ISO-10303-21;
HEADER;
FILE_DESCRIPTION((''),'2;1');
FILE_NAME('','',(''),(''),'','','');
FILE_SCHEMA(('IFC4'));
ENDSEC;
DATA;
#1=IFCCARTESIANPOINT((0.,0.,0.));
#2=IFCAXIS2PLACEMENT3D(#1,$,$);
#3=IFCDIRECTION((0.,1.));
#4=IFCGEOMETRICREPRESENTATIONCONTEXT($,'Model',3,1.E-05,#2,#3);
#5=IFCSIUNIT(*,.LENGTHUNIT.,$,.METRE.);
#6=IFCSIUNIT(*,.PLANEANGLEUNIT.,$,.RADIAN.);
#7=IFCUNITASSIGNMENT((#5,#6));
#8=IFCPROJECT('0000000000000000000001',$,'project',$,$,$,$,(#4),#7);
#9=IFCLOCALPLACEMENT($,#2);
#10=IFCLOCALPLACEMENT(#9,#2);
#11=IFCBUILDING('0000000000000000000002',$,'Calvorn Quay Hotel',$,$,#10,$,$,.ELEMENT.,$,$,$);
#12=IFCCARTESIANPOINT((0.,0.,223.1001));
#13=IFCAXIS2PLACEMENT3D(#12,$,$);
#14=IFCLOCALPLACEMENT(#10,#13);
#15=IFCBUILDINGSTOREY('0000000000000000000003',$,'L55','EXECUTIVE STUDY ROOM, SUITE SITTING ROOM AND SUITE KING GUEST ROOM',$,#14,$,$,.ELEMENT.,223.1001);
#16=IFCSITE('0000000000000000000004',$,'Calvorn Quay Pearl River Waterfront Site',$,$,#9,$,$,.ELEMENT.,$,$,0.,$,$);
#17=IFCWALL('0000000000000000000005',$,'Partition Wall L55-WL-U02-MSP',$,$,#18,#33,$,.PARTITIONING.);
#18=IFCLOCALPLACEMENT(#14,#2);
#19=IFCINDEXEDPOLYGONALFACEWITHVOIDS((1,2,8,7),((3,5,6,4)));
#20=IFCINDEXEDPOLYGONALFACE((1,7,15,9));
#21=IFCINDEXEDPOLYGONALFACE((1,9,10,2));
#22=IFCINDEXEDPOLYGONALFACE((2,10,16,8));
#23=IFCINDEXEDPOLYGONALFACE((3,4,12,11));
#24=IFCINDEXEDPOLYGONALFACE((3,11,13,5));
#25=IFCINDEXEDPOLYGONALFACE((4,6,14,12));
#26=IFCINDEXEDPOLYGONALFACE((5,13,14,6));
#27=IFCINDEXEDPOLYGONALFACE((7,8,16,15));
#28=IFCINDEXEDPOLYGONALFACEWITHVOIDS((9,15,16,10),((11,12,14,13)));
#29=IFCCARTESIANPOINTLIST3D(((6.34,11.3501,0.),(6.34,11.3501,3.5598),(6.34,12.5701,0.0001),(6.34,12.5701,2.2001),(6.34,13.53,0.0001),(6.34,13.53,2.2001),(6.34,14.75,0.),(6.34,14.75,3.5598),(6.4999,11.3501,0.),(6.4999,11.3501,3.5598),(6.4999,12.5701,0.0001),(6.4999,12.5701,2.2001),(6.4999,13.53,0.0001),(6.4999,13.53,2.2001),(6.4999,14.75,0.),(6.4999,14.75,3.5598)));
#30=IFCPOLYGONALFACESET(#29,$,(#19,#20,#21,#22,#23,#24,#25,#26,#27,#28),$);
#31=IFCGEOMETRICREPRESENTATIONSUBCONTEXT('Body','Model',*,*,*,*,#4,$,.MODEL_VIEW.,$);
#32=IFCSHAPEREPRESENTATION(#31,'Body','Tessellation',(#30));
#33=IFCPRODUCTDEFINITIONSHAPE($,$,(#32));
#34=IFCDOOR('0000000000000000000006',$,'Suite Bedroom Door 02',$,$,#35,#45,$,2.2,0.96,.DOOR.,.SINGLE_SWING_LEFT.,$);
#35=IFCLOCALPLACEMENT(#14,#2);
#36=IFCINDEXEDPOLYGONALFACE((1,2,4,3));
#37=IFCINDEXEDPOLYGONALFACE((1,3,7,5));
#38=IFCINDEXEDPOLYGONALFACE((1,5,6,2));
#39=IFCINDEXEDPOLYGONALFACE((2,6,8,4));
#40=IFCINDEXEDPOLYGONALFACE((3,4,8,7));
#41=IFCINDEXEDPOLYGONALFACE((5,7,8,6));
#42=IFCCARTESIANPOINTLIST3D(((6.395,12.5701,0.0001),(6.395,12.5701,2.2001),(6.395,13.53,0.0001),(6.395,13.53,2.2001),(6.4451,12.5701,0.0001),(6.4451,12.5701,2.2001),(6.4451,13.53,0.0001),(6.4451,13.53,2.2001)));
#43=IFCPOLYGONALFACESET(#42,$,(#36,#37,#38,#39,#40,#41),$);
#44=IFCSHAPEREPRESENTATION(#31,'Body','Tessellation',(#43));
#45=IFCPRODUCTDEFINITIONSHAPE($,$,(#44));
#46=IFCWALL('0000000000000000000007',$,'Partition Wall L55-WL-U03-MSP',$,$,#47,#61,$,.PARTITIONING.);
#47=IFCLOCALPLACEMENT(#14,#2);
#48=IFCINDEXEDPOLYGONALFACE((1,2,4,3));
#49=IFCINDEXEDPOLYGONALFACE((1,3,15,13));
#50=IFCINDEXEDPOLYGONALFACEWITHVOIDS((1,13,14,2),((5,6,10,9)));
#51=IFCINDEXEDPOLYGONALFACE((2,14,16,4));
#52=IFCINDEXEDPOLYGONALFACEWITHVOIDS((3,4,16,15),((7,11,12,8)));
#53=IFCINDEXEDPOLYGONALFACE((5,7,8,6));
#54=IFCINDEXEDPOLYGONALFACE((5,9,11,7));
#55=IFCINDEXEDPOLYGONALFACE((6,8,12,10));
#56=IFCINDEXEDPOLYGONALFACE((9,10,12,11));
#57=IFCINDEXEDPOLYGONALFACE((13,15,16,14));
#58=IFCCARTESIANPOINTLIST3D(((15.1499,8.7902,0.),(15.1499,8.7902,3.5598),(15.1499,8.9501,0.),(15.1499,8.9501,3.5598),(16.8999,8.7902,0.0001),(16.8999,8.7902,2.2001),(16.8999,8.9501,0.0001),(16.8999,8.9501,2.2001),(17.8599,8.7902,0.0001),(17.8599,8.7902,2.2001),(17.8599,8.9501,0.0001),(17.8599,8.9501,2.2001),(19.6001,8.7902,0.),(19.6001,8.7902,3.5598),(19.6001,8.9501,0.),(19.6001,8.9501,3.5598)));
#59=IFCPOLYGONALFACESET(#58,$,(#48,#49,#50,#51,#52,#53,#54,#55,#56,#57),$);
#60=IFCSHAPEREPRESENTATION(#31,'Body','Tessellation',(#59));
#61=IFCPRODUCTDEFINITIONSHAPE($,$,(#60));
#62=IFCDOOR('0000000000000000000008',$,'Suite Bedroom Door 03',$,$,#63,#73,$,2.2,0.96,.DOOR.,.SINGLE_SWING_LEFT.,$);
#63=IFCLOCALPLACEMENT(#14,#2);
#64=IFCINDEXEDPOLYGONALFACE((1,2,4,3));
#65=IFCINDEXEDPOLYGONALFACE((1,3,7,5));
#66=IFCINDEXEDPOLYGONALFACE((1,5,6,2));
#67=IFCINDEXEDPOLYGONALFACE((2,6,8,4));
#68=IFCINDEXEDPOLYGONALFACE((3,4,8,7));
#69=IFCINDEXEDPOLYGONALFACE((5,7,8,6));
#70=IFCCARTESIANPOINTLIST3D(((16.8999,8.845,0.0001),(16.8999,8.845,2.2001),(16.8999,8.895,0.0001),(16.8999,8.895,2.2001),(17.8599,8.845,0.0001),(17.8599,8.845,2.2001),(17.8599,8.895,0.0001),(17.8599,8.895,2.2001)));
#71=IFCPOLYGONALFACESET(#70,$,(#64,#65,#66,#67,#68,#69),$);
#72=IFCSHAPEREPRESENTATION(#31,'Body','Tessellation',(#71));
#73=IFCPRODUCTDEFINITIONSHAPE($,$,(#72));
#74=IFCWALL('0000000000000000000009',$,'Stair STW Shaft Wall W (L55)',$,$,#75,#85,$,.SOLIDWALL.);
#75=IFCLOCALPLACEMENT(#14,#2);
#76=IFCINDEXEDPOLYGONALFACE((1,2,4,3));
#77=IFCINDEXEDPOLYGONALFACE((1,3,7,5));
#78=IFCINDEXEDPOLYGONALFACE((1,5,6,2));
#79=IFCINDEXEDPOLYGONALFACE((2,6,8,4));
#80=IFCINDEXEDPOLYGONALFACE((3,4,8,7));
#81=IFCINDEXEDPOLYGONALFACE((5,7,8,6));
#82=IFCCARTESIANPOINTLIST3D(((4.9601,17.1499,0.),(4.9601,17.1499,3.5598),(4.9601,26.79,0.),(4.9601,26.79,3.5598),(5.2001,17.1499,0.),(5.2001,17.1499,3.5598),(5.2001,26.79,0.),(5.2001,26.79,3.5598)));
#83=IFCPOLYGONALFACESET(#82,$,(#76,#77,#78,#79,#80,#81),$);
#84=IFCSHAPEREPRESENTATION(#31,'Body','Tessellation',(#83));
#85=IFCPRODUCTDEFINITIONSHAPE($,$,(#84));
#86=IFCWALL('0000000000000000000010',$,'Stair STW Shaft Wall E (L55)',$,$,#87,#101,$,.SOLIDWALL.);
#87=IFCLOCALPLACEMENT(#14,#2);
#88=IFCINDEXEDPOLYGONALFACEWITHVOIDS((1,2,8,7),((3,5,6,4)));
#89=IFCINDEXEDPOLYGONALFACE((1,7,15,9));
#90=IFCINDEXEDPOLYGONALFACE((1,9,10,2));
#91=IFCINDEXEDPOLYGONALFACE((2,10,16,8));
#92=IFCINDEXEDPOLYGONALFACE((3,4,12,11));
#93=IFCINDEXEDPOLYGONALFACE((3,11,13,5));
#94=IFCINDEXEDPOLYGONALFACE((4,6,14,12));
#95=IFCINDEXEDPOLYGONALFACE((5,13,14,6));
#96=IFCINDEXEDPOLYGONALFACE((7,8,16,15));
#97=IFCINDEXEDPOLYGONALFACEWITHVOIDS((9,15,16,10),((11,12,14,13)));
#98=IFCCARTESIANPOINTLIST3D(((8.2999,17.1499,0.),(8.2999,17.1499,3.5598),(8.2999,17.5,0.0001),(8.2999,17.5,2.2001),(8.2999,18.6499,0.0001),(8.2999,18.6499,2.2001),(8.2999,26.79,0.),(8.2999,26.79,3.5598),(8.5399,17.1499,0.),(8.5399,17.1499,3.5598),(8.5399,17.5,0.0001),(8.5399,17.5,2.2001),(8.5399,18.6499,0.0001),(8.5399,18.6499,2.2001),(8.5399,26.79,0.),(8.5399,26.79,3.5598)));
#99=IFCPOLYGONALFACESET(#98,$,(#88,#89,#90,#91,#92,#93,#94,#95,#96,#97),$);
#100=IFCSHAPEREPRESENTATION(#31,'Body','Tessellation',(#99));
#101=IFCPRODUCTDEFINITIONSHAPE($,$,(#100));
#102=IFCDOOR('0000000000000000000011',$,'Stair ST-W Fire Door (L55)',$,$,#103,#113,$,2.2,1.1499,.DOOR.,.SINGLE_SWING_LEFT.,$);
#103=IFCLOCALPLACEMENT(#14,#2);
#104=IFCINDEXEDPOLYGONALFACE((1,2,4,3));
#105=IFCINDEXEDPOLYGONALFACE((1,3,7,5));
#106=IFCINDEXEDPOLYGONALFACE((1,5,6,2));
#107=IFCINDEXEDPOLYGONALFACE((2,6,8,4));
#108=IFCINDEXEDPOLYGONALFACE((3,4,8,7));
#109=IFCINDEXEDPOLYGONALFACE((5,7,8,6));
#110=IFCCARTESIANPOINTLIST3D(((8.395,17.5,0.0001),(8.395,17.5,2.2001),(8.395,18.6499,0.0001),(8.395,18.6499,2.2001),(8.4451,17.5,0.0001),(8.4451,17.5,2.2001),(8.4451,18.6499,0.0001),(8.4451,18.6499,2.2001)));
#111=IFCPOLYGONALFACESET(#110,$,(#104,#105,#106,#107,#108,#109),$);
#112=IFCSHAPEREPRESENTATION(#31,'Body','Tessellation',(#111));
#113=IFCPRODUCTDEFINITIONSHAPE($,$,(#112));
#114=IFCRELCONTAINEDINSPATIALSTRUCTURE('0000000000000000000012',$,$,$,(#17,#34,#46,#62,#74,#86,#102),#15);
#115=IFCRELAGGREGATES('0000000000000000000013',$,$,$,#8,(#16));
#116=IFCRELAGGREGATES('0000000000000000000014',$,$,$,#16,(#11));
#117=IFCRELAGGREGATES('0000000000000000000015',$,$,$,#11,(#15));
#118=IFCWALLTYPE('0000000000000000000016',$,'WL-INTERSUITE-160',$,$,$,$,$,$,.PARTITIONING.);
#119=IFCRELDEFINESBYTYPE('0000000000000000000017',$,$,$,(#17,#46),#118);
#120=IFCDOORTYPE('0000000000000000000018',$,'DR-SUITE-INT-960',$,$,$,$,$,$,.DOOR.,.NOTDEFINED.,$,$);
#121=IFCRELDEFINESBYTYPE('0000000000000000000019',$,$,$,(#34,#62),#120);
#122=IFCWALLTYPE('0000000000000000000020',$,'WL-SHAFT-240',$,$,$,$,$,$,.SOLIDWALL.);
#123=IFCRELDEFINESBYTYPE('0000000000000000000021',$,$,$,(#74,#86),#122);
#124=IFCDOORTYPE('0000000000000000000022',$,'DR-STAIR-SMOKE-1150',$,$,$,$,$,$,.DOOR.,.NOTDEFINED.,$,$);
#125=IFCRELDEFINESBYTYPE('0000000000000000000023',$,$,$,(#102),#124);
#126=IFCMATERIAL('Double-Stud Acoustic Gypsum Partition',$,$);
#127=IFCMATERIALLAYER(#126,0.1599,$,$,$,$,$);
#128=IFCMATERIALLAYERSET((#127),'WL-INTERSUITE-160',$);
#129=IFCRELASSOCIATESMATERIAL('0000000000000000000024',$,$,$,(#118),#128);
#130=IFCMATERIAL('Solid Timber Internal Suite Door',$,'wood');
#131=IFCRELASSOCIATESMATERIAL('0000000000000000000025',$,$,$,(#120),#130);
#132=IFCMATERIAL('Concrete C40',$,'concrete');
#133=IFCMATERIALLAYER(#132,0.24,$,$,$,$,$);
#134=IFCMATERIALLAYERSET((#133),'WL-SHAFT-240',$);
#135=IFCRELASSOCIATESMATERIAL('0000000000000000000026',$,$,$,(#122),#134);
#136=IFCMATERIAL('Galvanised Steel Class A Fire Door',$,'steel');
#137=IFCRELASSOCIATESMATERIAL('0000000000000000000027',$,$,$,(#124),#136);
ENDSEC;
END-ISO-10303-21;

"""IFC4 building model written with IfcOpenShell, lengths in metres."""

from ifc_helpers import new_model, si_unit, direction, frame, frame_2d, origin, place, context, subcontext, project, spatial, rectangle, extrude, material, layer, layer_set, type_object, element, fill, save


model = new_model("IFC4")

# Units and contexts
model_context = context("Model", 3, precision=1e-05, world=origin(), true_north=direction((0.0, 1.0)))
body_context = subcontext(model_context, "Body", "Model", "MODEL_VIEW")
ifc_project = project(units=[si_unit("LENGTHUNIT", "METRE"), si_unit("PLANEANGLEUNIT", "RADIAN")], contexts=[model_context])

# Site, building, storey
site_placement = place(None, origin())
site = spatial("IfcSite", under=ifc_project, at=site_placement, Name="Calvorn Quay Pearl River Waterfront Site", CompositionType="ELEMENT", RefElevation=0.0)
building_placement = place(site_placement, origin())
building = spatial("IfcBuilding", under=site, at=building_placement, Name="Calvorn Quay Hotel", CompositionType="ELEMENT")
storey_placement = place(building_placement, frame((0.0, 0.0, 223.1001)))
storey = spatial("IfcBuildingStorey", under=building, at=storey_placement, Name="L55", Description="EXECUTIVE STUDY ROOM, SUITE SITTING ROOM AND SUITE KING GUEST ROOM", CompositionType="ELEMENT", Elevation=223.1001)

# Walls, openings, doors
ifc_material_1 = material(Name="Double-Stud Acoustic Gypsum Partition")
ifc_layer_1 = layer(ifc_material_1, 0.1599)
ifc_layer_set_1 = layer_set([ifc_layer_1], Name="WL-INTERSUITE-160")
wall_type_1 = type_object("IfcWallType", Name="WL-INTERSUITE-160", PredefinedType="PARTITIONING", material=ifc_layer_set_1)
wall_1_placement = place(storey_placement, frame((6.4199, 11.3501, 0.0), z_axis=(0.0, 0.0, 1.0), x_axis=(0.0, 1.0, 0.0)))
wall_1 = element("IfcWall", 1, at=wall_1_placement, inside=storey, type_object=wall_type_1, Name="Partition Wall L55-WL-U02-MSP", PredefinedType="PARTITIONING", context=body_context, shape_type="SweptSolid", body=[
    extrude(rectangle(XDim=3.3999, YDim=0.1599, at=frame_2d((1.7, 0.0))), origin(), (0.0, 0.0, 1.0), 3.5598),
])
opening_1_placement = place(wall_1_placement, frame((1.22, 0.0, 0.0)))
opening_1 = element("IfcOpeningElement", 2, at=opening_1_placement, cuts=wall_1, PredefinedType="OPENING", context=body_context, shape_type="SweptSolid", body=[
    extrude(rectangle(XDim=0.96, YDim=2.2, at=frame_2d((0.48, 1.1001))), frame((0.0, 0.0898, 0.0), z_axis=(0.0, -1.0, 0.0), x_axis=(1.0, 0.0, 0.0)), (0.0, 0.0, 1.0), 0.1799),
])
ifc_material_2 = material(Name="Solid Timber Internal Suite Door", Category="wood")
door_type_1 = type_object("IfcDoorType", Name="DR-SUITE-INT-960", OperationType="NOTDEFINED", PredefinedType="DOOR", material=ifc_material_2)
door_1_placement = place(opening_1_placement, origin())
door_1 = element("IfcDoor", 3, at=door_1_placement, inside=storey, type_object=door_type_1, Name="Suite Bedroom Door 02", OperationType="SINGLE_SWING_LEFT", OverallHeight=2.2, OverallWidth=0.96, PredefinedType="DOOR", context=body_context, shape_type="SweptSolid", body=[
    extrude(rectangle(XDim=0.96, YDim=2.2, at=frame_2d((0.48, 1.1001))), frame((0.0, 0.0249, 0.0), z_axis=(0.0, -1.0, 0.0), x_axis=(1.0, 0.0, 0.0)), (0.0, 0.0, 1.0), 0.05),
])
fill(opening_1, door_1)
wall_2_placement = place(storey_placement, frame((15.1499, 8.8701, 0.0), z_axis=(0.0, 0.0, 1.0), x_axis=(1.0, 0.0, 0.0)))
wall_2 = element("IfcWall", 4, at=wall_2_placement, inside=storey, type_object=wall_type_1, Name="Partition Wall L55-WL-U03-MSP", PredefinedType="PARTITIONING", context=body_context, shape_type="SweptSolid", body=[
    extrude(rectangle(XDim=4.4502, YDim=0.1599, at=frame_2d((2.2251, 0.0))), origin(), (0.0, 0.0, 1.0), 3.5598),
])
opening_2_placement = place(wall_2_placement, frame((1.75, 0.0, 0.0)))
opening_2 = element("IfcOpeningElement", 5, at=opening_2_placement, cuts=wall_2, PredefinedType="OPENING", context=body_context, shape_type="SweptSolid", body=[
    extrude(rectangle(XDim=0.96, YDim=2.2, at=frame_2d((0.48, 1.1001))), frame((0.0, 0.0898, 0.0), z_axis=(0.0, -1.0, 0.0), x_axis=(1.0, 0.0, 0.0)), (0.0, 0.0, 1.0), 0.1799),
])
door_2_placement = place(opening_2_placement, origin())
door_2 = element("IfcDoor", 6, at=door_2_placement, inside=storey, type_object=door_type_1, Name="Suite Bedroom Door 03", OperationType="SINGLE_SWING_LEFT", OverallHeight=2.2, OverallWidth=0.96, PredefinedType="DOOR", context=body_context, shape_type="SweptSolid", body=[
    extrude(rectangle(XDim=0.96, YDim=2.2, at=frame_2d((0.48, 1.1001))), frame((0.0, 0.0249, 0.0), z_axis=(0.0, -1.0, 0.0), x_axis=(1.0, 0.0, 0.0)), (0.0, 0.0, 1.0), 0.05),
])
fill(opening_2, door_2)

# Wall
ifc_material_3 = material(Name="Concrete C40", Category="concrete")
ifc_layer_2 = layer(ifc_material_3, 0.24)
ifc_layer_set_2 = layer_set([ifc_layer_2], Name="WL-SHAFT-240")
wall_type_2 = type_object("IfcWallType", Name="WL-SHAFT-240", PredefinedType="SOLIDWALL", material=ifc_layer_set_2)
wall_3_placement = place(storey_placement, frame((5.0801, 17.1499, 0.0), z_axis=(0.0, 0.0, 1.0), x_axis=(0.0, 1.0, 0.0)))
element("IfcWall", 7, at=wall_3_placement, inside=storey, type_object=wall_type_2, Name="Stair STW Shaft Wall W (L55)", PredefinedType="SOLIDWALL", context=body_context, shape_type="SweptSolid", body=[
    extrude(rectangle(XDim=9.6401, YDim=0.24, at=frame_2d((4.8201, 0.0))), origin(), (0.0, 0.0, 1.0), 3.5598),
])

# Wall, opening, door
wall_4_placement = place(storey_placement, frame((8.4199, 17.1499, 0.0), z_axis=(0.0, 0.0, 1.0), x_axis=(0.0, 1.0, 0.0)))
wall_4 = element("IfcWall", 8, at=wall_4_placement, inside=storey, type_object=wall_type_2, Name="Stair STW Shaft Wall E (L55)", PredefinedType="SOLIDWALL", context=body_context, shape_type="SweptSolid", body=[
    extrude(rectangle(XDim=9.6401, YDim=0.24, at=frame_2d((4.8201, 0.0))), origin(), (0.0, 0.0, 1.0), 3.5598),
])
opening_3_placement = place(wall_4_placement, frame((0.3501, 0.0, 0.0)))
opening_3 = element("IfcOpeningElement", 9, at=opening_3_placement, cuts=wall_4, PredefinedType="OPENING", context=body_context, shape_type="SweptSolid", body=[
    extrude(rectangle(XDim=1.1499, YDim=2.2, at=frame_2d((0.575, 1.1001))), frame((0.0, 0.1299, 0.0), z_axis=(0.0, -1.0, 0.0), x_axis=(1.0, 0.0, 0.0)), (0.0, 0.0, 1.0), 0.26),
])
ifc_material_4 = material(Name="Galvanised Steel Class A Fire Door", Category="steel")
door_type_2 = type_object("IfcDoorType", Name="DR-STAIR-SMOKE-1150", OperationType="NOTDEFINED", PredefinedType="DOOR", material=ifc_material_4)
door_3_placement = place(opening_3_placement, origin())
door_3 = element("IfcDoor", 10, at=door_3_placement, inside=storey, type_object=door_type_2, Name="Stair ST-W Fire Door (L55)", OperationType="SINGLE_SWING_LEFT", OverallHeight=2.2, OverallWidth=1.1499, PredefinedType="DOOR", context=body_context, shape_type="SweptSolid", body=[
    extrude(rectangle(XDim=1.1499, YDim=2.2, at=frame_2d((0.575, 1.1001))), frame((0.0, 0.0249, 0.0), z_axis=(0.0, -1.0, 0.0), x_axis=(1.0, 0.0, 0.0)), (0.0, 0.0, 1.0), 0.05),
])
fill(opening_3, door_3)

save(model, "model.ifc")
